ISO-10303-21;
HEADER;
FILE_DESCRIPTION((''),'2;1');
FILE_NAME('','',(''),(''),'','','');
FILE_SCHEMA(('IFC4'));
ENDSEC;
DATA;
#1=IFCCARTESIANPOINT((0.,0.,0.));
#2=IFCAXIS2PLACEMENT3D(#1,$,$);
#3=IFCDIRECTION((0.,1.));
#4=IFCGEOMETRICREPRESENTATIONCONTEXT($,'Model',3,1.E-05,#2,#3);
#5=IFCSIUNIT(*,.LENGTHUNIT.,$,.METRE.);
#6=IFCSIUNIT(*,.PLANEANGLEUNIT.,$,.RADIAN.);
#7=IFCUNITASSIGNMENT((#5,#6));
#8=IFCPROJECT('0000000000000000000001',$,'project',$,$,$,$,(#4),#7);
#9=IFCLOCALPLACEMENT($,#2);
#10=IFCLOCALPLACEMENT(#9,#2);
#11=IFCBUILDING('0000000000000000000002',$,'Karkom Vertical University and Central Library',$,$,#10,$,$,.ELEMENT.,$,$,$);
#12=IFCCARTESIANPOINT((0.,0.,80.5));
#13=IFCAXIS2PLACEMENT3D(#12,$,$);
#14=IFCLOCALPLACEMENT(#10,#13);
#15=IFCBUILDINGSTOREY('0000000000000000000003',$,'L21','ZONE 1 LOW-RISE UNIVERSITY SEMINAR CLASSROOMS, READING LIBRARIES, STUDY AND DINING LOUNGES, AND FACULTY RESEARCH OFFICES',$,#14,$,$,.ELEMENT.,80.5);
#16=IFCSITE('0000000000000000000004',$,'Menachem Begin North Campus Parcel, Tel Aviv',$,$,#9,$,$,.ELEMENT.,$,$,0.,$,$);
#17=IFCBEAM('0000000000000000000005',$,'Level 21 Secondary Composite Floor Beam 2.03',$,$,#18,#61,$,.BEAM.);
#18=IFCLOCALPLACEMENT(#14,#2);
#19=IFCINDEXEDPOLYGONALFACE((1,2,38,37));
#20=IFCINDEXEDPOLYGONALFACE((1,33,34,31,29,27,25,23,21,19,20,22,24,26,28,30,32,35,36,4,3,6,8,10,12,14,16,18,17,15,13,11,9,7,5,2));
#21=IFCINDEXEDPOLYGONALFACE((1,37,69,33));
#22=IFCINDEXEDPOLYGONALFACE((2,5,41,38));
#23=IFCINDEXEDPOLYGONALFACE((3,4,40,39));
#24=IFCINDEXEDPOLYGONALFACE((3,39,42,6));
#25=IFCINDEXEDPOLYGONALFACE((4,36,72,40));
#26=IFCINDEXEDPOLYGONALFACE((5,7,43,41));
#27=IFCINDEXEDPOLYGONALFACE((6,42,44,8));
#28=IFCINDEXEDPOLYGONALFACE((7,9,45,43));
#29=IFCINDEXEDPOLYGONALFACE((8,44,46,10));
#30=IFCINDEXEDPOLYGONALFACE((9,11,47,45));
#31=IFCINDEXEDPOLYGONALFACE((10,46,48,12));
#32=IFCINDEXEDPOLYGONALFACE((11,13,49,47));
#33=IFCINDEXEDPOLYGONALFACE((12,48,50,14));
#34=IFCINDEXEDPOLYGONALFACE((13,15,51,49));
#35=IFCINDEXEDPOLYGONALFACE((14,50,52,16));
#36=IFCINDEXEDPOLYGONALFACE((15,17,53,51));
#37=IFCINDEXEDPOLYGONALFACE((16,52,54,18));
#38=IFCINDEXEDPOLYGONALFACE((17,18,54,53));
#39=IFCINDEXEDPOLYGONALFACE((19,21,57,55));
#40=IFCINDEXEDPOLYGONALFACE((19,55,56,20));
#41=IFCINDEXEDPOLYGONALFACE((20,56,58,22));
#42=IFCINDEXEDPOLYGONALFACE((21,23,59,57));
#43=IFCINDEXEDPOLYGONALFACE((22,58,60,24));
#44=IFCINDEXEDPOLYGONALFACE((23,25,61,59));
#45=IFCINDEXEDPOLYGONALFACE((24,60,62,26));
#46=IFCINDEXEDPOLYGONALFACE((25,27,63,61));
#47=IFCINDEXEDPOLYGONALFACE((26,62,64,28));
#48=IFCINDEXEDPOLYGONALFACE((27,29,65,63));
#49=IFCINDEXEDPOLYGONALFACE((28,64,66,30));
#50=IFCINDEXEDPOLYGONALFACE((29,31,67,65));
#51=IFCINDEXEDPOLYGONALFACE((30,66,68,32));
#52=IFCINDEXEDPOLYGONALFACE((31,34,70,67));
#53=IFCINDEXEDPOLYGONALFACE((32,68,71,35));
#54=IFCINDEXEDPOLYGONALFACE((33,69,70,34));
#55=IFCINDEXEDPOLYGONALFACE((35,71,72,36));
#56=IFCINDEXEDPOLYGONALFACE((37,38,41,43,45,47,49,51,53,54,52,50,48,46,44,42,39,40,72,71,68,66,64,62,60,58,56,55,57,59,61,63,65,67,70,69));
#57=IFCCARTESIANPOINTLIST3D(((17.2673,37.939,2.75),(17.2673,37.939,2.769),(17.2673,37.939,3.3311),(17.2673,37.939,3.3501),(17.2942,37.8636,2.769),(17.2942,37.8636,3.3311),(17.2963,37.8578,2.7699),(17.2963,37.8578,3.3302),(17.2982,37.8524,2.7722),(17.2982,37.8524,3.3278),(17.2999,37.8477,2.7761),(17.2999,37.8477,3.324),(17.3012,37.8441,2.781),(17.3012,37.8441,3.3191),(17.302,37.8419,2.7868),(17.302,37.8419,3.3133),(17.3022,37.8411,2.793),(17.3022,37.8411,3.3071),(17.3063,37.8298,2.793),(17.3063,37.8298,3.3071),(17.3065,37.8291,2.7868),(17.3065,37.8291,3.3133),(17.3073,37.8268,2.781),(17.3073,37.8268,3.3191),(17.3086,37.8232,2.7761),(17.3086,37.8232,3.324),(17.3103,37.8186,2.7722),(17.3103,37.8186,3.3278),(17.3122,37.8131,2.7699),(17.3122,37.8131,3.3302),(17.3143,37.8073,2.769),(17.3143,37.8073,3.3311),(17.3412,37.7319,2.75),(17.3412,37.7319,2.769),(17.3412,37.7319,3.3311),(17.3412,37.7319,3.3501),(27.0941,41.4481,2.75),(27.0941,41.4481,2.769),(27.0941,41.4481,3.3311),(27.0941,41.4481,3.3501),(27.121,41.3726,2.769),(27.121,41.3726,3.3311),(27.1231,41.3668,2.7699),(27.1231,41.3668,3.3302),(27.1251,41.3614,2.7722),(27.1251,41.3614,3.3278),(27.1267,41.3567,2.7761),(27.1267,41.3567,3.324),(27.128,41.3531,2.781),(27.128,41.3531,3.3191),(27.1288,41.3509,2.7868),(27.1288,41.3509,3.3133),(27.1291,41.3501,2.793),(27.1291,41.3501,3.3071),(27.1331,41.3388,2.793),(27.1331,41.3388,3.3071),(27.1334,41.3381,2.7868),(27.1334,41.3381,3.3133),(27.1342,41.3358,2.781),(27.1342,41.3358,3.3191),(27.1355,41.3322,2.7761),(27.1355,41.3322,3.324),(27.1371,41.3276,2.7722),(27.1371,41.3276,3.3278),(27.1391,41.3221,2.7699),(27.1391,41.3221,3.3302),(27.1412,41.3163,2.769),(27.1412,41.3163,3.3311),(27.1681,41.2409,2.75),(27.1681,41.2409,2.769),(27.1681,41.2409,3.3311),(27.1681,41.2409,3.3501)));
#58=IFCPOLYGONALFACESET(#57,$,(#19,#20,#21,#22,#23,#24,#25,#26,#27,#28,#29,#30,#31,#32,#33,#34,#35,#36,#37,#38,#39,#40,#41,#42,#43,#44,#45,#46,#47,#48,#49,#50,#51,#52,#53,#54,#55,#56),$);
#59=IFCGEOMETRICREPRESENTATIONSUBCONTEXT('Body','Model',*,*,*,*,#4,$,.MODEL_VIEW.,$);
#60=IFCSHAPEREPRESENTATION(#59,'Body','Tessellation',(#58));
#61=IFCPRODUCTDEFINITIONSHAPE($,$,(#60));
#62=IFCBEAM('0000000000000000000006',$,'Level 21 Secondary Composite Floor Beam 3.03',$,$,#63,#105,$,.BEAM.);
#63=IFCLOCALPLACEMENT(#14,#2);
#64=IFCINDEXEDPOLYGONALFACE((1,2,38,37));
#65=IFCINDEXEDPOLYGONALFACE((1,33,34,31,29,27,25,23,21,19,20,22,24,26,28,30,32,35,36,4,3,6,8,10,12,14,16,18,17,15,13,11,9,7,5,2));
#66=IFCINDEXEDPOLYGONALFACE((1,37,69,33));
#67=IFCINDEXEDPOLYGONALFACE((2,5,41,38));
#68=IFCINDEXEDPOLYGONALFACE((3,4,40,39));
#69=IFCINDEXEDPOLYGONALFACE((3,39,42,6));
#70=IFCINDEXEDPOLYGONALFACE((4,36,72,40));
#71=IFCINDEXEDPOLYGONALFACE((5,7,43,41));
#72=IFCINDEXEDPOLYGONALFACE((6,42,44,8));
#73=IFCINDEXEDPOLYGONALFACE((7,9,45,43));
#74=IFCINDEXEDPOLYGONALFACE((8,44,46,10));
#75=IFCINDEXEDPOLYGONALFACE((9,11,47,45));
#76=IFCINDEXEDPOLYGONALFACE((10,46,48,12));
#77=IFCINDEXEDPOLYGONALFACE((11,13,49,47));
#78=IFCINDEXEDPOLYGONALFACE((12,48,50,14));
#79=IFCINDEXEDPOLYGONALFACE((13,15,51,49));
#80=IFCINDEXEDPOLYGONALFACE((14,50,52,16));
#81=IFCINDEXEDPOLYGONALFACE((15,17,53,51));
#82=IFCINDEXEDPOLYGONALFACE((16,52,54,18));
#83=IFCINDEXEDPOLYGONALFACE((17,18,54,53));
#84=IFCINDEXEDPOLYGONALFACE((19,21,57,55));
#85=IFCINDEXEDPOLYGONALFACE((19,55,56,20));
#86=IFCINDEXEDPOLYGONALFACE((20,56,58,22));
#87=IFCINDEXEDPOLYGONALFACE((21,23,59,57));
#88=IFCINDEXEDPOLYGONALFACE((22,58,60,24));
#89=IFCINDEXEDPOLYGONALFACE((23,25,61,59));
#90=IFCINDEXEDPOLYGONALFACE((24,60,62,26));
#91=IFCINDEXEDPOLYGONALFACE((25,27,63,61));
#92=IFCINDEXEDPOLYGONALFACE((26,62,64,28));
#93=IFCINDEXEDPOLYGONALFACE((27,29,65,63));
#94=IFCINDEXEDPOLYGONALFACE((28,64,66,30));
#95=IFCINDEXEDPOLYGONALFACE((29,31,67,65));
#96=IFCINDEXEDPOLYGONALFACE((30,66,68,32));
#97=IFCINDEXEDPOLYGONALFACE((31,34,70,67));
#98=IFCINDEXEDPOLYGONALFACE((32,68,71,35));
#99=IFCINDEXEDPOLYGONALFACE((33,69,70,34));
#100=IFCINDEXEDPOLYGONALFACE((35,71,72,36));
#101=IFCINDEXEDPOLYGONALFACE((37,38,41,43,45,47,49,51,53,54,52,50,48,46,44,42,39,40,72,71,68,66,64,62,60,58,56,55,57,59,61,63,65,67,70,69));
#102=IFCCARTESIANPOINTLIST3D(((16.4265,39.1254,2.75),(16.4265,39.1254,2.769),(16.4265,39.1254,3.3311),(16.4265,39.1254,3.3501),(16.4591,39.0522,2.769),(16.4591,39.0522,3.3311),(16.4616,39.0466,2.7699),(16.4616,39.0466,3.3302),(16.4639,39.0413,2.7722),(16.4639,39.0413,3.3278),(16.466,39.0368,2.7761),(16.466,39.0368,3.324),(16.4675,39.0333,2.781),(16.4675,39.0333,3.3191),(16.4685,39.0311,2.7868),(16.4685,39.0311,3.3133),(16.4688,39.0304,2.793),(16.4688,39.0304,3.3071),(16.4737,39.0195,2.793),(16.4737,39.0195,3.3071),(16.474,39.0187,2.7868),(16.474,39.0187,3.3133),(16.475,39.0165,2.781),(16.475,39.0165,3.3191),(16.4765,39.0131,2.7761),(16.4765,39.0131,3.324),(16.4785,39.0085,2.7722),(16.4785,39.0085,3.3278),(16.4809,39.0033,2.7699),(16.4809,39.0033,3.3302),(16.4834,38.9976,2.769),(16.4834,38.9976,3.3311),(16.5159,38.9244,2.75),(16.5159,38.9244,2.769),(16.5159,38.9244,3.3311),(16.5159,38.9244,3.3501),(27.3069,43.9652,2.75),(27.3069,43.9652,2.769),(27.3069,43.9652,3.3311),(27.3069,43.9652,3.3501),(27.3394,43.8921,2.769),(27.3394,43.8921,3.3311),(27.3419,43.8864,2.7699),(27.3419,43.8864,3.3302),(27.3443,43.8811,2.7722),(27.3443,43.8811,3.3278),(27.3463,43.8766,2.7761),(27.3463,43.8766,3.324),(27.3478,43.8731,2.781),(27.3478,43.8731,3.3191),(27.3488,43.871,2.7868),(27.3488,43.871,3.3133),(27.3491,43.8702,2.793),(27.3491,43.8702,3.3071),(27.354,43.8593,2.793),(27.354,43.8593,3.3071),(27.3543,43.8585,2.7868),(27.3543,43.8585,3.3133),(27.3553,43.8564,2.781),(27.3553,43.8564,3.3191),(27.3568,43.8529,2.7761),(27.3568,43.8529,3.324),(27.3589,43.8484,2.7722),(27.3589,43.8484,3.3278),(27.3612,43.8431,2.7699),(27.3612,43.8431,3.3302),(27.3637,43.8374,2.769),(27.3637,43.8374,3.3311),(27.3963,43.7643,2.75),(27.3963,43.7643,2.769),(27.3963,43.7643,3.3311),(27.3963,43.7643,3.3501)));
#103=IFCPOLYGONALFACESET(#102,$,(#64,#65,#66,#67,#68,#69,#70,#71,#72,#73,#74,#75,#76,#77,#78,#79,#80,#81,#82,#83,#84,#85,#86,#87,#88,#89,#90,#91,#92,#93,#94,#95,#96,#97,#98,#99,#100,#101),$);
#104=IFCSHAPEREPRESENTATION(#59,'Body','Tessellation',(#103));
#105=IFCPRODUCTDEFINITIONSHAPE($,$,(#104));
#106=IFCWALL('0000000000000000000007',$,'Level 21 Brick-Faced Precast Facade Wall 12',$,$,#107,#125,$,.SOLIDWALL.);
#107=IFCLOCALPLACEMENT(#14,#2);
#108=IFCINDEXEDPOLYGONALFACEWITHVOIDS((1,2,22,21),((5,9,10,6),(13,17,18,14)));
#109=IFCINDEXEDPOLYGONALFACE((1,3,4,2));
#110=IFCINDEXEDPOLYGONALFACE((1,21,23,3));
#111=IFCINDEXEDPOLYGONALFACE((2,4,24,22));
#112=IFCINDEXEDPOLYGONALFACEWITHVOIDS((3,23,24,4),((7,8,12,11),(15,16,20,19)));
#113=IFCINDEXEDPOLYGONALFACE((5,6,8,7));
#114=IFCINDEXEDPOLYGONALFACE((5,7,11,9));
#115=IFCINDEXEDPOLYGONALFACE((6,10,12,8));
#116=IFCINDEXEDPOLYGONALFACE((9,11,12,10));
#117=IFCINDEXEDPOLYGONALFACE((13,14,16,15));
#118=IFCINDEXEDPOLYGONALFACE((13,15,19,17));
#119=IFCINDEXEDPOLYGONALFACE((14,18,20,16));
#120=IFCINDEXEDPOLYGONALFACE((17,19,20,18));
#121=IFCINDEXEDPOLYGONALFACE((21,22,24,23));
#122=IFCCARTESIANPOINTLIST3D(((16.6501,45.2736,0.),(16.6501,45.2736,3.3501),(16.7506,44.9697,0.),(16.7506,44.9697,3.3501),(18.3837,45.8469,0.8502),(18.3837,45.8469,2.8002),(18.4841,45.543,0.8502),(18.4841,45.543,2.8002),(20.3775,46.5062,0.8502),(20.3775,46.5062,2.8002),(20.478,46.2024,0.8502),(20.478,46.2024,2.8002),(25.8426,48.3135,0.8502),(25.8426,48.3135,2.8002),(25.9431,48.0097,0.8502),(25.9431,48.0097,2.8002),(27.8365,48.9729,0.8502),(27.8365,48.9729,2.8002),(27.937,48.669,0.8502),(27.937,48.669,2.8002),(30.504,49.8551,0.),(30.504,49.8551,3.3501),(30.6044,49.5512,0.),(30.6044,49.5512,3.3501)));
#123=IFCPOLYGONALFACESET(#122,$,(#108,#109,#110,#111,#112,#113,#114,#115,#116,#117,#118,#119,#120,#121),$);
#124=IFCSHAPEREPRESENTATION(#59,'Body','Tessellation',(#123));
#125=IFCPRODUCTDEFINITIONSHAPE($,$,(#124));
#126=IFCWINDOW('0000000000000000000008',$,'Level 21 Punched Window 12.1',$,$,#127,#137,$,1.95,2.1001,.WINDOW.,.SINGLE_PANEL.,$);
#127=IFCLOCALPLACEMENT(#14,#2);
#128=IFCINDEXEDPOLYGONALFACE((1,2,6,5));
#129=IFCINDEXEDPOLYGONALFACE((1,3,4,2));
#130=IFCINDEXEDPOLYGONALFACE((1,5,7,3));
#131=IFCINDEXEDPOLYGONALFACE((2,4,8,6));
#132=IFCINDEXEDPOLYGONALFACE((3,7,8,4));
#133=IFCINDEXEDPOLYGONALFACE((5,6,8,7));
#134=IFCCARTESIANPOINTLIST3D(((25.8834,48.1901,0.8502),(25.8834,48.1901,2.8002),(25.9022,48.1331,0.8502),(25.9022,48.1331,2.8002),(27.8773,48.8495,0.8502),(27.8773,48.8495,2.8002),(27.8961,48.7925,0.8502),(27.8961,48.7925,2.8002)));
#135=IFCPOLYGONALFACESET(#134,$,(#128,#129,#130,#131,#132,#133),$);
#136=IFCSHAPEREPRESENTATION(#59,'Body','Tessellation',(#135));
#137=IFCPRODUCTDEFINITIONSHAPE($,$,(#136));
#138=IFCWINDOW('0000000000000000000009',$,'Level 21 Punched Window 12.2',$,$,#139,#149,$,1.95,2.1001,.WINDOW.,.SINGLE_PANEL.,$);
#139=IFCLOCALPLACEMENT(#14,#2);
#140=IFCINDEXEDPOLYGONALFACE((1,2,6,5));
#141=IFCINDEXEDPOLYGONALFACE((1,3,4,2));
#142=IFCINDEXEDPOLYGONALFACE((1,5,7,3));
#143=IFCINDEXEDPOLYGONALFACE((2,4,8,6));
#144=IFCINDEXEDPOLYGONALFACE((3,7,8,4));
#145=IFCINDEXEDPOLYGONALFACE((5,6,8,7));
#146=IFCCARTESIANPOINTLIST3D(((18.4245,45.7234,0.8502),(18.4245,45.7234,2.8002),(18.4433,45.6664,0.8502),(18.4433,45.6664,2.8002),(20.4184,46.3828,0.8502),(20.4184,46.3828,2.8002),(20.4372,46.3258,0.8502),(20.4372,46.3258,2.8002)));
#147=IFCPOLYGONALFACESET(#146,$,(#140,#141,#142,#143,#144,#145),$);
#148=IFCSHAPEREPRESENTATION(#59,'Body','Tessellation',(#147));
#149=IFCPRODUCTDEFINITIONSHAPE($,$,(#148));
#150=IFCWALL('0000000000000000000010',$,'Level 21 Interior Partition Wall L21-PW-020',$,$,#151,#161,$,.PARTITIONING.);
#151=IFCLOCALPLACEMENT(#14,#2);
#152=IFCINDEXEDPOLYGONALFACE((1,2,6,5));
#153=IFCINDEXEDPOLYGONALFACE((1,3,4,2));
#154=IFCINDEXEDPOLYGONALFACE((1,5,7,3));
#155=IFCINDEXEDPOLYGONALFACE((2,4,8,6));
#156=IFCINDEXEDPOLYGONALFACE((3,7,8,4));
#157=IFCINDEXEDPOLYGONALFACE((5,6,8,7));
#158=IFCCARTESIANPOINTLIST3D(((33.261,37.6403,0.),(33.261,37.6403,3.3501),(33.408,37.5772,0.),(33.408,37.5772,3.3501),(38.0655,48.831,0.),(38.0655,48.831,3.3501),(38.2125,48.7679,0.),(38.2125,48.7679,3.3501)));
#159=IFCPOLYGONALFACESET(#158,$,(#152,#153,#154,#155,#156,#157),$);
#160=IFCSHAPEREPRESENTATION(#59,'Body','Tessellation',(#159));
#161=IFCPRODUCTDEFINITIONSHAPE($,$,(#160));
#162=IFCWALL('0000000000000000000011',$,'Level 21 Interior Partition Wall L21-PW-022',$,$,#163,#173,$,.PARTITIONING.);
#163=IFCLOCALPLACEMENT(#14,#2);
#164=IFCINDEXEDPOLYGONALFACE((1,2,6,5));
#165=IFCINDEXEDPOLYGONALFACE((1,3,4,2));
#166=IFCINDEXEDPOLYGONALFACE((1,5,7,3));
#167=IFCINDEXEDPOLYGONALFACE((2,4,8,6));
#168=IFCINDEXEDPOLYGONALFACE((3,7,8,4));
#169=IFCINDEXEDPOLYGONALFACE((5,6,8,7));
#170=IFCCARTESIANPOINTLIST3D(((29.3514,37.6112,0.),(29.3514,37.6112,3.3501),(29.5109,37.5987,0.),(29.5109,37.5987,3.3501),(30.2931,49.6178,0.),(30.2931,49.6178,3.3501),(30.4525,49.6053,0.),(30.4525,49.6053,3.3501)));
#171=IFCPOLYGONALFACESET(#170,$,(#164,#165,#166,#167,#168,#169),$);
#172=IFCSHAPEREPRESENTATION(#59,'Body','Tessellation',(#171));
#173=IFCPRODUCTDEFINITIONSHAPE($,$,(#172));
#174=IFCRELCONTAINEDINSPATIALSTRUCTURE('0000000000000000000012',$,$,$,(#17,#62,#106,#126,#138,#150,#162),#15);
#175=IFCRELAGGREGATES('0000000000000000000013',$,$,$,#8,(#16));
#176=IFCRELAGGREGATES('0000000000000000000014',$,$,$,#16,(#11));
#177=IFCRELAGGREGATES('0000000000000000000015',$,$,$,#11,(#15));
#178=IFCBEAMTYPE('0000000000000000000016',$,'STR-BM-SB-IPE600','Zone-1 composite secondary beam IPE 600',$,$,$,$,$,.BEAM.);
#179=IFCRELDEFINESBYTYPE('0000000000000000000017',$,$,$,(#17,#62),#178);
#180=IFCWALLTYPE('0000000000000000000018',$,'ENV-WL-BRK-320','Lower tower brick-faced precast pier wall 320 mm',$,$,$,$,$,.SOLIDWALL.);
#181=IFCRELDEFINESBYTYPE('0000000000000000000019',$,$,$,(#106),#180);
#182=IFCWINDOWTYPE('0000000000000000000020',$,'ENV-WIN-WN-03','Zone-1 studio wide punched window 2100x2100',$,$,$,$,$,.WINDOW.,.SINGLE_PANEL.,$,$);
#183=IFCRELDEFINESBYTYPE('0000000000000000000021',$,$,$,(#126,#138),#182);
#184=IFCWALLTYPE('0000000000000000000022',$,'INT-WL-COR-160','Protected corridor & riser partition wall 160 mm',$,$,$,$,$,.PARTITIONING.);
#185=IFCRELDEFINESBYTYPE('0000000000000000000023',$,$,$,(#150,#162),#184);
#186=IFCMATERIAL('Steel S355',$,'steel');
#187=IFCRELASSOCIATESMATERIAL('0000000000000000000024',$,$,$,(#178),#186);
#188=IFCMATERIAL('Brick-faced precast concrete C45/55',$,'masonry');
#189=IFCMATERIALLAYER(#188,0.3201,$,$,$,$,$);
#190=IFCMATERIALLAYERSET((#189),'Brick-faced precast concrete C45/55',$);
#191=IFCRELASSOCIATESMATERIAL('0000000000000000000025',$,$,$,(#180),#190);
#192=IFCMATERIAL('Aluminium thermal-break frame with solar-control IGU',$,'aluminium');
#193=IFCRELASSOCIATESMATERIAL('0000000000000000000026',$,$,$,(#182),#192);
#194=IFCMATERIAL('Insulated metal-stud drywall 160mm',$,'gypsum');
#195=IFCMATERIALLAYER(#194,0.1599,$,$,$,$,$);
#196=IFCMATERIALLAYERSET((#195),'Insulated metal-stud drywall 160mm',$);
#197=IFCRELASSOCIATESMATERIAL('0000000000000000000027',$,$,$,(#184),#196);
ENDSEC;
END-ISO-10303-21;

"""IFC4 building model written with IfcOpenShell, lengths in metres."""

from ifc_helpers import new_model, si_unit, direction, frame, frame_2d, origin, origin_with_axes, origin_2d, place, context, subcontext, project, spatial, rectangle, i_section, extrude, source, transform, mapped, material, layer, layer_set, material_profile, profile_set, type_object, element, fill, save


model = new_model("IFC4")

# Units and contexts
model_context = context("Model", 3, precision=1e-05, world=origin(), true_north=direction((0.0, 1.0)))
body_context = subcontext(model_context, "Body", "Model", "MODEL_VIEW")
ifc_project = project(units=[si_unit("LENGTHUNIT", "METRE"), si_unit("PLANEANGLEUNIT", "RADIAN")], contexts=[model_context])

# Site, building, storey
site_placement = place(None, origin())
site = spatial("IfcSite", under=ifc_project, at=site_placement, Name="Menachem Begin North Campus Parcel, Tel Aviv", CompositionType="ELEMENT", RefElevation=0.0)
building_placement = place(site_placement, origin())
building = spatial("IfcBuilding", under=site, at=building_placement, Name="Karkom Vertical University and Central Library", CompositionType="ELEMENT")
storey_placement = place(building_placement, frame((0.0, 0.0, 80.5)))
storey = spatial("IfcBuildingStorey", under=building, at=storey_placement, Name="L21", Description="ZONE 1 LOW-RISE UNIVERSITY SEMINAR CLASSROOMS, READING LIBRARIES, STUDY AND DINING LOUNGES, AND FACULTY RESEARCH OFFICES", CompositionType="ELEMENT", Elevation=80.5)

# Beams
ifc_material_1 = material(Name="Steel S355", Category="steel")
ifc_material_profile_1 = material_profile(ifc_material_1, i_section(OverallWidth=0.22, OverallDepth=0.6001, WebThickness=0.012, FlangeThickness=0.019, FilletRadius=0.0239, at=origin_2d()), Name="IPE 600")
ifc_profile_set_1 = profile_set([ifc_material_profile_1], Name="Steel S355")
beam_type_1 = type_object("IfcBeamType", Name="STR-BM-SB-IPE600", Description="Zone-1 composite secondary beam IPE 600", PredefinedType="BEAM", material=ifc_profile_set_1)
shared_shape_1 = source(origin_with_axes(), body_context, "Body", "SweptSolid", [
    extrude(i_section(OverallWidth=0.22, OverallDepth=0.6001, WebThickness=0.012, FlangeThickness=0.019, FilletRadius=0.0239, at=origin_2d()), origin(), (0.0, 0.0, 1.0), 10.4346),
])
beam_1_placement = place(storey_placement, frame((27.1311, 41.3445, 3.05), z_axis=(-0.941759, -0.336287, 0.0), x_axis=(0.336287, -0.941759, 0.0)))
element("IfcBeam", 1, at=beam_1_placement, inside=storey, type_object=beam_type_1, Name="Level 21 Secondary Composite Floor Beam 2.03", PredefinedType="BEAM", context=body_context, shape_type="MappedRepresentation", body=[
    mapped(shared_shape_1, transform((0.0, 0.0, 0.0), scale=1.0)),
])
shared_shape_2 = source(origin_with_axes(), body_context, "Body", "SweptSolid", [
    extrude(i_section(OverallWidth=0.22, OverallDepth=0.6001, WebThickness=0.012, FlangeThickness=0.019, FilletRadius=0.0239, at=origin_2d()), origin(), (0.0, 0.0, 1.0), 11.9082),
])
beam_2_placement = place(storey_placement, frame((27.3516, 43.8647, 3.05), z_axis=(-0.913683, -0.406428, 0.0), x_axis=(0.406428, -0.913683, 0.0)))
element("IfcBeam", 2, at=beam_2_placement, inside=storey, type_object=beam_type_1, Name="Level 21 Secondary Composite Floor Beam 3.03", PredefinedType="BEAM", context=body_context, shape_type="MappedRepresentation", body=[
    mapped(shared_shape_2, transform((0.0, 0.0, 0.0), scale=1.0)),
])

# Wall, openings, windows
ifc_material_2 = material(Name="Brick-faced precast concrete C45/55", Category="masonry")
ifc_layer_1 = layer(ifc_material_2, 0.3201)
ifc_layer_set_1 = layer_set([ifc_layer_1], Name="Brick-faced precast concrete C45/55")
wall_type_1 = type_object("IfcWallType", Name="ENV-WL-BRK-320", Description="Lower tower brick-faced precast pier wall 320 mm", PredefinedType="SOLIDWALL", material=ifc_layer_set_1)
wall_1_placement = place(storey_placement, frame((30.5542, 49.7031, 0.0), z_axis=(0.0, 0.0, 1.0), x_axis=(-0.94943, -0.313978, 0.0)))
wall_1 = element("IfcWall", 3, at=wall_1_placement, inside=storey, type_object=wall_type_1, Name="Level 21 Brick-Faced Precast Facade Wall 12", PredefinedType="SOLIDWALL", context=body_context, shape_type="SweptSolid", body=[
    extrude(rectangle(XDim=14.5918, YDim=0.3201, at=frame_2d((7.2959, 0.0))), origin(), (0.0, 0.0, 1.0), 3.3501),
])
opening_1_placement = place(wall_1_placement, frame((2.8096, 0.0, 0.8501)))
opening_1 = element("IfcOpeningElement", 4, at=opening_1_placement, cuts=wall_1, PredefinedType="OPENING", context=body_context, shape_type="SweptSolid", body=[
    extrude(rectangle(XDim=2.1001, YDim=1.95, at=frame_2d((1.05, 0.9751))), frame((0.0, 0.1699, 0.0), z_axis=(0.0, -1.0, 0.0), x_axis=(1.0, 0.0, 0.0)), (0.0, 0.0, 1.0), 0.3401),
])
opening_2_placement = place(wall_1_placement, frame((10.6658, 0.0, 0.8501)))
opening_2 = element("IfcOpeningElement", 5, at=opening_2_placement, cuts=wall_1, PredefinedType="OPENING", context=body_context, shape_type="SweptSolid", body=[
    extrude(rectangle(XDim=2.1001, YDim=1.95, at=frame_2d((1.05, 0.9751))), frame((0.0, 0.1699, 0.0), z_axis=(0.0, -1.0, 0.0), x_axis=(1.0, 0.0, 0.0)), (0.0, 0.0, 1.0), 0.3401),
])
ifc_material_3 = material(Name="Aluminium thermal-break frame with solar-control IGU", Category="aluminium")
window_type = type_object("IfcWindowType", Name="ENV-WIN-WN-03", Description="Zone-1 studio wide punched window 2100x2100", PartitioningType="SINGLE_PANEL", PredefinedType="WINDOW", material=ifc_material_3)
shared_shape_3 = source(origin_with_axes(), body_context, "Body", "SweptSolid", [
    extrude(rectangle(XDim=2.1001, YDim=1.95, at=frame_2d((1.05, 0.9751))), frame((0.0, 0.03, 0.0), z_axis=(0.0, -1.0, 0.0), x_axis=(1.0, 0.0, 0.0)), (0.0, 0.0, 1.0), 0.0601),
])
window_1_placement = place(opening_1_placement, origin())
window_1 = element("IfcWindow", 6, at=window_1_placement, inside=storey, type_object=window_type, Name="Level 21 Punched Window 12.1", OverallHeight=1.95, OverallWidth=2.1001, PartitioningType="SINGLE_PANEL", PredefinedType="WINDOW", context=body_context, shape_type="MappedRepresentation", body=[
    mapped(shared_shape_3, transform((0.0, 0.0, 0.0), scale=1.0)),
])
fill(opening_1, window_1)
window_2_placement = place(opening_2_placement, origin())
window_2 = element("IfcWindow", 7, at=window_2_placement, inside=storey, type_object=window_type, Name="Level 21 Punched Window 12.2", OverallHeight=1.95, OverallWidth=2.1001, PartitioningType="SINGLE_PANEL", PredefinedType="WINDOW", context=body_context, shape_type="MappedRepresentation", body=[
    mapped(shared_shape_3, transform((0.0, 0.0, 0.0), scale=1.0)),
])
fill(opening_2, window_2)

# Walls
ifc_material_4 = material(Name="Insulated metal-stud drywall 160mm", Category="gypsum")
ifc_layer_2 = layer(ifc_material_4, 0.1599)
ifc_layer_set_2 = layer_set([ifc_layer_2], Name="Insulated metal-stud drywall 160mm")
wall_type_2 = type_object("IfcWallType", Name="INT-WL-COR-160", Description="Protected corridor & riser partition wall 160 mm", PredefinedType="PARTITIONING", material=ifc_layer_set_2)
wall_2_placement = place(storey_placement, frame((33.3345, 37.6086, 0.0), z_axis=(0.0, 0.0, 1.0), x_axis=(0.394505, 0.918894, 0.0)))
element("IfcWall", 8, at=wall_2_placement, inside=storey, type_object=wall_type_2, Name="Level 21 Interior Partition Wall L21-PW-020", PredefinedType="PARTITIONING", context=body_context, shape_type="SweptSolid", body=[
    extrude(rectangle(XDim=12.1785, YDim=0.1599, at=frame_2d((6.0894, 0.0))), origin(), (0.0, 0.0, 1.0), 3.3501),
])
wall_3_placement = place(storey_placement, frame((29.4312, 37.605, 0.0), z_axis=(0.0, 0.0, 1.0), x_axis=(0.078188, 0.996939, 0.0)))
element("IfcWall", 9, at=wall_3_placement, inside=storey, type_object=wall_type_2, Name="Level 21 Interior Partition Wall L21-PW-022", PredefinedType="PARTITIONING", context=body_context, shape_type="SweptSolid", body=[
    extrude(rectangle(XDim=12.0435, YDim=0.1599, at=frame_2d((6.0217, 0.0))), origin(), (0.0, 0.0, 1.0), 3.3501),
])

save(model, "model.ifc")
